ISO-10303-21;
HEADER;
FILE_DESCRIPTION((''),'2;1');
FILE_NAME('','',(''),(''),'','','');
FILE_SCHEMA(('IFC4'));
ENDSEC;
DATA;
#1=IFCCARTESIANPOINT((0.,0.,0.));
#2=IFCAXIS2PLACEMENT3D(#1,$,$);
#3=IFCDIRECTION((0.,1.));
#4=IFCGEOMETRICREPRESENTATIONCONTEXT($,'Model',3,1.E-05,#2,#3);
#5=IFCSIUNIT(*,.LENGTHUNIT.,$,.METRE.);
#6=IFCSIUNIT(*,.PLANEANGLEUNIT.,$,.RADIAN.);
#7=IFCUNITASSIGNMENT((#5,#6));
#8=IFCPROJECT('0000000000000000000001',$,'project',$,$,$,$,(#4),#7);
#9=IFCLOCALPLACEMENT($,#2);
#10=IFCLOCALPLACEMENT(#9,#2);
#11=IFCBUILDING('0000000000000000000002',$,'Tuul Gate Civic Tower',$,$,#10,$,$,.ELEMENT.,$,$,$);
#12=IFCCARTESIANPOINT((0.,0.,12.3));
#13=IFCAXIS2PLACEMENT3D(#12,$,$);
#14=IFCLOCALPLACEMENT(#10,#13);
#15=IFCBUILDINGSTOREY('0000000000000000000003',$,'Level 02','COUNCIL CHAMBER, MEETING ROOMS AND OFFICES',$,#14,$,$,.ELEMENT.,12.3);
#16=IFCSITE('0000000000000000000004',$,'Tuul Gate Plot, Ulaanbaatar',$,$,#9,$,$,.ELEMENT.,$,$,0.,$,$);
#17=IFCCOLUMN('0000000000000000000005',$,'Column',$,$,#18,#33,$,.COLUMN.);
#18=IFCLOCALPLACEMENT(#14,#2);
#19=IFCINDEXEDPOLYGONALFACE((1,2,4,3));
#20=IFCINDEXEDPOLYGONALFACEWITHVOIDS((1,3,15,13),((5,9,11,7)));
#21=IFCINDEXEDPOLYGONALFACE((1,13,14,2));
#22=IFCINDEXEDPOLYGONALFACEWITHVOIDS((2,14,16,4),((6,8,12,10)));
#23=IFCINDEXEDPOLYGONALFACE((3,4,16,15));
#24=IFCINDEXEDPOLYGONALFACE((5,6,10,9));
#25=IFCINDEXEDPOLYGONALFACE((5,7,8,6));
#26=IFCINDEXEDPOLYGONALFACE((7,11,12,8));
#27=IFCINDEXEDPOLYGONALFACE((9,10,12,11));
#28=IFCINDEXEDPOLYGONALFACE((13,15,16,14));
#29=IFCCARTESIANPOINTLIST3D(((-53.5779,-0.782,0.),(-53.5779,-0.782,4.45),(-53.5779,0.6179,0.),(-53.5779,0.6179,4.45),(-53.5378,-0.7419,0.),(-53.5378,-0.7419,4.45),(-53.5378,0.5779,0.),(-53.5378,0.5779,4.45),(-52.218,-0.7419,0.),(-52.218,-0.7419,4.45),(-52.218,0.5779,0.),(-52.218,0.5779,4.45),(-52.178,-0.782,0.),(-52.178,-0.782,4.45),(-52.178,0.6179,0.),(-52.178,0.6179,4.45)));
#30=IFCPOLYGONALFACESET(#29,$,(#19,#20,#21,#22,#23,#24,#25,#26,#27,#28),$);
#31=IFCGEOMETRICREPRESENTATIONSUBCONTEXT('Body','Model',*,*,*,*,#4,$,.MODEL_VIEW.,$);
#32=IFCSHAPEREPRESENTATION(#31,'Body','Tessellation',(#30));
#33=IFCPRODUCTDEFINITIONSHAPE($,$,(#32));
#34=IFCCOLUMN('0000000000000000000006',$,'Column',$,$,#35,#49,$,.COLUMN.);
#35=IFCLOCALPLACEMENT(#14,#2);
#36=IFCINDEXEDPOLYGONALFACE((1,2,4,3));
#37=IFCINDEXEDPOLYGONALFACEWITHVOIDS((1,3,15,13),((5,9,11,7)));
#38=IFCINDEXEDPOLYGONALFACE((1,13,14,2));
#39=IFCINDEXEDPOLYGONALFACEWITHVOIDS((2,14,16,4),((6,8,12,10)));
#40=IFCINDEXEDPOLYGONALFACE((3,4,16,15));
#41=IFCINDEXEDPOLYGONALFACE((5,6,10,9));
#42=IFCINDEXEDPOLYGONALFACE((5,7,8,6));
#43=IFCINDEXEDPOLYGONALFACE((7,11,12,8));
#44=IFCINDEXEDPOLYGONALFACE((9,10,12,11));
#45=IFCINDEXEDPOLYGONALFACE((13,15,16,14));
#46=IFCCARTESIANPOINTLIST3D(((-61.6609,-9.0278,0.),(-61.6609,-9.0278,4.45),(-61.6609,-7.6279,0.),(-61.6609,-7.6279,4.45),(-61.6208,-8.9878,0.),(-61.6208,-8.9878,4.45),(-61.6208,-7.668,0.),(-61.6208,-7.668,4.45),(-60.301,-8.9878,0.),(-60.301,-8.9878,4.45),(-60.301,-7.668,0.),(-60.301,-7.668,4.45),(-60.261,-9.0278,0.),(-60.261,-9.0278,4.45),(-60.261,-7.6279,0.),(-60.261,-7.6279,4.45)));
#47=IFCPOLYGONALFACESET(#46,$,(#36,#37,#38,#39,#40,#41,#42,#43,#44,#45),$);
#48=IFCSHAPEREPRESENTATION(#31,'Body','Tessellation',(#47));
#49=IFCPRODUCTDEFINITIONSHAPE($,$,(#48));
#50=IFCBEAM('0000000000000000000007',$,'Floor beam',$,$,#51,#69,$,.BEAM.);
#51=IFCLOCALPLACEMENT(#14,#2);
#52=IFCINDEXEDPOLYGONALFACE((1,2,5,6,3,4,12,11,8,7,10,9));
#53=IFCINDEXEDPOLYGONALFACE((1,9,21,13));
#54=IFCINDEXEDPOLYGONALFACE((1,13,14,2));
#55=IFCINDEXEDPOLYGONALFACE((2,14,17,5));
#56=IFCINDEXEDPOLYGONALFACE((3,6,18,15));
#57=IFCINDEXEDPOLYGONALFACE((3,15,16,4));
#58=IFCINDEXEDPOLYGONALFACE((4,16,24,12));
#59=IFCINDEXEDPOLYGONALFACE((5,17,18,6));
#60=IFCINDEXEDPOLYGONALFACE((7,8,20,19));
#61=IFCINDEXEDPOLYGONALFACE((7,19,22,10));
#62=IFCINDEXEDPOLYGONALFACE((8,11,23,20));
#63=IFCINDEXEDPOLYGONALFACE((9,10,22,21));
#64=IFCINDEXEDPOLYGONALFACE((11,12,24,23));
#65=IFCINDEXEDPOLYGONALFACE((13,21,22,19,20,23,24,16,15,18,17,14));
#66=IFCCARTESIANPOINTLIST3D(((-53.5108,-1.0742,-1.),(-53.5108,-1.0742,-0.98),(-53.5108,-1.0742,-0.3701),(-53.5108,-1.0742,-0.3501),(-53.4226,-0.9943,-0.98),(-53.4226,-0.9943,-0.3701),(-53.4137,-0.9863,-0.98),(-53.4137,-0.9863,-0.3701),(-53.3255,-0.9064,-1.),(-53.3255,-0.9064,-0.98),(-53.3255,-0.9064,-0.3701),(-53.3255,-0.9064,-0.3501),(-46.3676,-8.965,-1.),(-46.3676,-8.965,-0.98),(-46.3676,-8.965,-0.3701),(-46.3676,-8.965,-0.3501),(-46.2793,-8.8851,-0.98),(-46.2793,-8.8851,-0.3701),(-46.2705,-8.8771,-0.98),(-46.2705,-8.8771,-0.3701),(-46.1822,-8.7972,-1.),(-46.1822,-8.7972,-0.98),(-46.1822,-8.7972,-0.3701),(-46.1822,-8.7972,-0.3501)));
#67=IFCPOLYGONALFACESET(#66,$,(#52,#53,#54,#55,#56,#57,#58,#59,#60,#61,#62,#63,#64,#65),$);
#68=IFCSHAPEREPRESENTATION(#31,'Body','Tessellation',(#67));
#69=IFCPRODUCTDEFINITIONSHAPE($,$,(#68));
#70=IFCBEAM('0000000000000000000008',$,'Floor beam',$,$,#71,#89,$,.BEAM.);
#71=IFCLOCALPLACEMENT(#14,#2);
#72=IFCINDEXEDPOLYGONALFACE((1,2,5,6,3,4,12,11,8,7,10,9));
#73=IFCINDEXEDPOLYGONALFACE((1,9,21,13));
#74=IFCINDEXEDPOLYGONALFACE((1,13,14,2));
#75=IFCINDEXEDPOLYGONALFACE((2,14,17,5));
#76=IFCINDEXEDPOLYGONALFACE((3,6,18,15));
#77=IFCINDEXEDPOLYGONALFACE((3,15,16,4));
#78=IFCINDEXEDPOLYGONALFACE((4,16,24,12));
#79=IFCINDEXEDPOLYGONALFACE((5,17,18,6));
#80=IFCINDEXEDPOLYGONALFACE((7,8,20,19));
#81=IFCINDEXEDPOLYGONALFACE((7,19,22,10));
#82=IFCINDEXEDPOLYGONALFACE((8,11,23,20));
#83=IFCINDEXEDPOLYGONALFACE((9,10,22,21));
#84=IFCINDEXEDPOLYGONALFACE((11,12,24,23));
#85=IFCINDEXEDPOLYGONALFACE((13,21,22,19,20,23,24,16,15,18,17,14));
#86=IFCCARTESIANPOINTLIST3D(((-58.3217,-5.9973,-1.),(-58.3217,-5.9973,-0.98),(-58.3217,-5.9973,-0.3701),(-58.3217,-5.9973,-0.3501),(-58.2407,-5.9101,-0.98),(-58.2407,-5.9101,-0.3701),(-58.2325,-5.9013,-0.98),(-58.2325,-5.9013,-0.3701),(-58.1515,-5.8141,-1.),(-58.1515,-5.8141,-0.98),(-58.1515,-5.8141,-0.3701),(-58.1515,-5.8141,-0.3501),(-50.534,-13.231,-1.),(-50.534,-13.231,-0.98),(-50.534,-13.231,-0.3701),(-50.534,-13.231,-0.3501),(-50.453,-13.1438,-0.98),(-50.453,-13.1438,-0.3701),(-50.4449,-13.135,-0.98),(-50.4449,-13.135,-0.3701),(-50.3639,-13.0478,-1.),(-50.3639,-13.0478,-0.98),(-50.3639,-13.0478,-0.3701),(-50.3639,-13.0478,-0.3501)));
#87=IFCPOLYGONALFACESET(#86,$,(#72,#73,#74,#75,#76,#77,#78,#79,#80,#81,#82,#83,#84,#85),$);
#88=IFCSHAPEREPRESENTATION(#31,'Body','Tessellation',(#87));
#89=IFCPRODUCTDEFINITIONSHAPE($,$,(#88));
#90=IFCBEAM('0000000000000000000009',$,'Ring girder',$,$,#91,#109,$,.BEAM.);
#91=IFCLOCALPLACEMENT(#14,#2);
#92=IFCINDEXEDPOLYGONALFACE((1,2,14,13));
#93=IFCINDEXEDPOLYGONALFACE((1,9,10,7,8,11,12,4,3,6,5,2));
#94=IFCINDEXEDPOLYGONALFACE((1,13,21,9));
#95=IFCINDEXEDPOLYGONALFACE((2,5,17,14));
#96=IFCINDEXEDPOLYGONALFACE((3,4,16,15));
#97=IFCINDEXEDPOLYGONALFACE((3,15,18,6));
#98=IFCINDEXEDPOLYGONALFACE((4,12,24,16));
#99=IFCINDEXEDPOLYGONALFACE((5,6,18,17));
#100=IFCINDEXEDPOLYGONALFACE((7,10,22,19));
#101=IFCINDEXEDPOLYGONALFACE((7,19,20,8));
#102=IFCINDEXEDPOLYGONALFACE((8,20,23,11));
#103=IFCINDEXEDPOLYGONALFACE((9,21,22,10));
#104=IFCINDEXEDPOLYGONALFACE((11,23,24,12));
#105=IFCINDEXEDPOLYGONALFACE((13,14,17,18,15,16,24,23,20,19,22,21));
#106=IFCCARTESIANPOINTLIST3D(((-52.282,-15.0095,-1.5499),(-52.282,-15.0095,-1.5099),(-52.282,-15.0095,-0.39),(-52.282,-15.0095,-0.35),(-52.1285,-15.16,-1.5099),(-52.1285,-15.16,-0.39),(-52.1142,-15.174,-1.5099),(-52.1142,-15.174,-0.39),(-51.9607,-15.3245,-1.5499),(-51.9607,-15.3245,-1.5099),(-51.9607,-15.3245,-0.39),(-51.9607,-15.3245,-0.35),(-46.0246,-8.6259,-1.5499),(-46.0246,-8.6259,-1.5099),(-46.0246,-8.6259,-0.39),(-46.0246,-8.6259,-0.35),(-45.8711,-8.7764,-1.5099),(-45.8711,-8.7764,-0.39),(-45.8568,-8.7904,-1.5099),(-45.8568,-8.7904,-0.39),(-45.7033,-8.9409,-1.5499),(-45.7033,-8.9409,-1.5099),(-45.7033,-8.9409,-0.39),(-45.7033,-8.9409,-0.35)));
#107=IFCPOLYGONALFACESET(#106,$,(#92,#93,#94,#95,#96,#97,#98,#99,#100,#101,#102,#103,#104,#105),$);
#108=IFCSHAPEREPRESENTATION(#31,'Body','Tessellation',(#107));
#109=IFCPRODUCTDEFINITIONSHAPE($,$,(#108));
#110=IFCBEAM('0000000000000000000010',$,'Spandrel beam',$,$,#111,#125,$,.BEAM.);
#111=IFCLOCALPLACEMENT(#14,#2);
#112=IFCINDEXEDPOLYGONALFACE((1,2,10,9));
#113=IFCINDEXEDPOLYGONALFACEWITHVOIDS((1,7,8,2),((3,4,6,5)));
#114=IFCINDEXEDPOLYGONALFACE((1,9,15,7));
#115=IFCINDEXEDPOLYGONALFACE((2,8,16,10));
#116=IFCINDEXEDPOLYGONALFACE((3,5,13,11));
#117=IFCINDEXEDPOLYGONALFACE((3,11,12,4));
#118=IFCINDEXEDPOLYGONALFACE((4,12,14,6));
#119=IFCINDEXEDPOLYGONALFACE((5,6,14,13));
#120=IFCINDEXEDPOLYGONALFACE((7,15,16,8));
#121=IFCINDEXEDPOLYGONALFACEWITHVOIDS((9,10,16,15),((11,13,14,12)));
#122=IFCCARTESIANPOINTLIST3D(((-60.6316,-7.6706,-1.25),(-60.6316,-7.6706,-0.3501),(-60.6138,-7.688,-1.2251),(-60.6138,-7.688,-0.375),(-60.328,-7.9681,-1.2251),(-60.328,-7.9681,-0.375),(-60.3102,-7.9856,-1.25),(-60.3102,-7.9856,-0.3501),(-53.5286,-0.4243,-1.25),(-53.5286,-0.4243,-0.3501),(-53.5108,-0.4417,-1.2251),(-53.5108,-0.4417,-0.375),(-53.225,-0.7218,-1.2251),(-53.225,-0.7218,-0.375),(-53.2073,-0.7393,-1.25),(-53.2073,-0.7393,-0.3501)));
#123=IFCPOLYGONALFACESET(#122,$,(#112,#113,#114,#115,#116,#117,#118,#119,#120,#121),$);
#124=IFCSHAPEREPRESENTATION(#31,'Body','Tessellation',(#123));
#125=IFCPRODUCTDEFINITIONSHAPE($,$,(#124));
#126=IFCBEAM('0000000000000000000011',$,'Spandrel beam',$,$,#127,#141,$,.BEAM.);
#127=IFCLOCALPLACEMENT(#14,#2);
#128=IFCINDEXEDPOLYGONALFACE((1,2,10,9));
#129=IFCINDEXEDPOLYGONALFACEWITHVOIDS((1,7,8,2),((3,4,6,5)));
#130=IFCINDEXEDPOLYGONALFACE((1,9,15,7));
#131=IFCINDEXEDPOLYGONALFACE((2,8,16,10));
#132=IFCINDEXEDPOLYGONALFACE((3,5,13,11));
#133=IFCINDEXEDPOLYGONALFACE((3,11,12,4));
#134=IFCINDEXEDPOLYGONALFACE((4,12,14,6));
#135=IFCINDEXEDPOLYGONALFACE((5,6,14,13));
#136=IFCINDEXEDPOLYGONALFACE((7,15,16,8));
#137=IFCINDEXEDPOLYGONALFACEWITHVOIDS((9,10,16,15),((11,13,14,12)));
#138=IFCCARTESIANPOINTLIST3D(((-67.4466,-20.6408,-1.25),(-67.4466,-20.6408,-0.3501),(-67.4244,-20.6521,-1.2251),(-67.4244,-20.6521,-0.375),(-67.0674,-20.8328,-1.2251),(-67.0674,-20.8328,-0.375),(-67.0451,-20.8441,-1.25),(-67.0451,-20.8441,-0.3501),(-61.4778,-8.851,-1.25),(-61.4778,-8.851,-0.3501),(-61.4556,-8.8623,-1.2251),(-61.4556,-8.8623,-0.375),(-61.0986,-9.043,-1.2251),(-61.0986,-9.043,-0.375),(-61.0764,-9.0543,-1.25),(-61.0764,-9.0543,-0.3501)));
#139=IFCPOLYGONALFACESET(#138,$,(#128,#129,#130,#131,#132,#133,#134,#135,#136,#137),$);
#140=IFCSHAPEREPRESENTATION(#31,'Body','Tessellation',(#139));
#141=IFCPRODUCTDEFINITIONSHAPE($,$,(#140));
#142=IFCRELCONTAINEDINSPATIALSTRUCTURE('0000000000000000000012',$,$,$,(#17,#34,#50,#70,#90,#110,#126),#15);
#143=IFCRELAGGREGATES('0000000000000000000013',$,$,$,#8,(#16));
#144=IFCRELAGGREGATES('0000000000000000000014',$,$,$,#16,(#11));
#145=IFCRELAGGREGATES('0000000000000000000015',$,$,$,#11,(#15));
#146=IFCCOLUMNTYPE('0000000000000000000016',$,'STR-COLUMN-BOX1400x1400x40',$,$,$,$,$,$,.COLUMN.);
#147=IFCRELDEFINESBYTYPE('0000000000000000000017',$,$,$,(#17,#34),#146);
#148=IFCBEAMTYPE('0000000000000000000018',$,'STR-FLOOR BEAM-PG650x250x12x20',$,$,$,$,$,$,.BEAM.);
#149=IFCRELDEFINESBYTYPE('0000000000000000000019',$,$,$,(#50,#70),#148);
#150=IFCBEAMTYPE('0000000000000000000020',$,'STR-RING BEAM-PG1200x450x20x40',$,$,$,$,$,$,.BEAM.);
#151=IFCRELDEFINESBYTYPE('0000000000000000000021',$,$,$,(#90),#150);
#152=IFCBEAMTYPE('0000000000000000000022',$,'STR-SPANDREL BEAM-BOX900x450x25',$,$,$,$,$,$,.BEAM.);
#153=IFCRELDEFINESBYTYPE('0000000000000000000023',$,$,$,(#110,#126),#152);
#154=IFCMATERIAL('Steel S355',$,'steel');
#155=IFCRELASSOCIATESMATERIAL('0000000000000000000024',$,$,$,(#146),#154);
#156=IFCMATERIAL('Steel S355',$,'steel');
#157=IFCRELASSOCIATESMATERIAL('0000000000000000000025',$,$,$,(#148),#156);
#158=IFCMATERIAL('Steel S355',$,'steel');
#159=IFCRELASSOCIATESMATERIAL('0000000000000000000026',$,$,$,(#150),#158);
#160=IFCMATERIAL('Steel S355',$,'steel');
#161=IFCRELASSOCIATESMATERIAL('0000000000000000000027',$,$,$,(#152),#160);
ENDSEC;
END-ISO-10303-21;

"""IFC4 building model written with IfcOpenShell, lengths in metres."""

from ifc_helpers import new_model, si_unit, direction, frame, origin, origin_2d, place, context, subcontext, project, spatial, hollow_rectangle, i_section, extrude, material, material_profile, profile_set, type_object, element, save


model = new_model("IFC4")

# Units and contexts
model_context = context("Model", 3, precision=1e-05, world=origin(), true_north=direction((0.0, 1.0)))
body_context = subcontext(model_context, "Body", "Model", "MODEL_VIEW")
ifc_project = project(units=[si_unit("LENGTHUNIT", "METRE"), si_unit("PLANEANGLEUNIT", "RADIAN")], contexts=[model_context])

# Site, building, storey
site_placement = place(None, origin())
site = spatial("IfcSite", under=ifc_project, at=site_placement, Name="Tuul Gate Plot, Ulaanbaatar", CompositionType="ELEMENT", RefElevation=0.0)
building_placement = place(site_placement, origin())
building = spatial("IfcBuilding", under=site, at=building_placement, Name="Tuul Gate Civic Tower", CompositionType="ELEMENT")
storey_placement = place(building_placement, frame((0.0, 0.0, 12.3)))
storey = spatial("IfcBuildingStorey", under=building, at=storey_placement, Name="Level 02", Description="COUNCIL CHAMBER, MEETING ROOMS AND OFFICES", CompositionType="ELEMENT", Elevation=12.3)

# Columns
ifc_material_1 = material(Name="Steel S355", Category="steel")
ifc_material_profile_1 = material_profile(ifc_material_1, hollow_rectangle(XDim=1.3999, YDim=1.3999, WallThickness=0.04, at=origin_2d()), Name="BOX1400x1400x40")
ifc_profile_set_1 = profile_set([ifc_material_profile_1], Name="Steel S355")
column_type = type_object("IfcColumnType", Name="STR-COLUMN-BOX1400x1400x40", PredefinedType="COLUMN", material=ifc_profile_set_1)
for number, where, z_axis, x_axis, name in (
    (1, (-52.8779, -0.082, 0.0), (0.0, 0.0, 1.0), (1.0, 0.0, 0.0), "Column"),
    (2, (-60.9609, -8.3279, 0.0), (0.0, 0.0, 1.0), (1.0, 0.0, 0.0), "Column"),
):
    element("IfcColumn", number, at=place(storey_placement, frame(where, z_axis=z_axis, x_axis=x_axis)), inside=storey, type_object=column_type, Name=name, PredefinedType="COLUMN", context=body_context, shape_type="SweptSolid", body=[
        extrude(hollow_rectangle(XDim=1.3999, YDim=1.3999, WallThickness=0.04, at=origin_2d()), origin(), (0.0, 0.0, 1.0), 4.45),
    ])

# Beams
ifc_material_2 = material(Name="Steel S355", Category="steel")
ifc_material_profile_2 = material_profile(ifc_material_2, i_section(OverallWidth=0.25, OverallDepth=0.6499, WebThickness=0.012, FlangeThickness=0.02, at=origin_2d()), Name="PG650x250x12x20")
ifc_profile_set_2 = profile_set([ifc_material_profile_2], Name="Steel S355")
beam_type_1 = type_object("IfcBeamType", Name="STR-FLOOR BEAM-PG650x250x12x20", PredefinedType="BEAM", material=ifc_profile_set_2)
beam_1_placement = place(storey_placement, frame((-46.2749, -8.8811, -0.675), z_axis=(-0.671118, 0.741351, 0.0), x_axis=(-0.741351, -0.671118, 0.0)))
element("IfcBeam", 3, at=beam_1_placement, inside=storey, type_object=beam_type_1, Name="Floor beam", PredefinedType="BEAM", context=body_context, shape_type="SweptSolid", body=[
    extrude(i_section(OverallWidth=0.25, OverallDepth=0.6499, WebThickness=0.012, FlangeThickness=0.02, at=origin_2d()), origin(), (0.0, 0.0, 1.0), 10.6438),
])
beam_2_placement = place(storey_placement, frame((-50.449, -13.1394, -0.675), z_axis=(-0.732685, 0.680567, 0.0), x_axis=(-0.680567, -0.732685, 0.0)))
element("IfcBeam", 4, at=beam_2_placement, inside=storey, type_object=beam_type_1, Name="Floor beam", PredefinedType="BEAM", context=body_context, shape_type="SweptSolid", body=[
    extrude(i_section(OverallWidth=0.25, OverallDepth=0.6499, WebThickness=0.012, FlangeThickness=0.02, at=origin_2d()), origin(), (0.0, 0.0, 1.0), 10.6289),
])
ifc_material_3 = material(Name="Steel S355", Category="steel")
ifc_material_profile_3 = material_profile(ifc_material_3, i_section(OverallWidth=0.45, OverallDepth=1.2, WebThickness=0.02, FlangeThickness=0.04, at=origin_2d()), Name="PG1200x450x20x40")
ifc_profile_set_3 = profile_set([ifc_material_profile_3], Name="Steel S355")
beam_type_2 = type_object("IfcBeamType", Name="STR-RING BEAM-PG1200x450x20x40", PredefinedType="BEAM", material=ifc_profile_set_3)
beam_3_placement = place(storey_placement, frame((-52.1213, -15.167, -0.95), z_axis=(0.700011, 0.714132, 0.0), x_axis=(-0.714132, 0.700011, 0.0)))
element("IfcBeam", 5, at=beam_3_placement, inside=storey, type_object=beam_type_2, Name="Ring girder", PredefinedType="BEAM", context=body_context, shape_type="SweptSolid", body=[
    extrude(i_section(OverallWidth=0.45, OverallDepth=1.2, WebThickness=0.02, FlangeThickness=0.04, at=origin_2d()), origin(), (0.0, 0.0, 1.0), 8.939),
])
ifc_material_4 = material(Name="Steel S355", Category="steel")
ifc_material_profile_4 = material_profile(ifc_material_4, hollow_rectangle(XDim=0.45, YDim=0.8999, WallThickness=0.0249, at=origin_2d()), Name="BOX900x450x25")
ifc_profile_set_4 = profile_set([ifc_material_profile_4], Name="Steel S355")
beam_type_3 = type_object("IfcBeamType", Name="STR-SPANDREL BEAM-BOX900x450x25", PredefinedType="BEAM", material=ifc_profile_set_4)
beam_4_placement = place(storey_placement, frame((-53.3679, -0.5818, -0.8), z_axis=(-0.70001, -0.714133, 0.0), x_axis=(0.714133, -0.70001, 0.0)))
element("IfcBeam", 6, at=beam_4_placement, inside=storey, type_object=beam_type_3, Name="Spandrel beam", PredefinedType="BEAM", context=body_context, shape_type="SweptSolid", body=[
    extrude(hollow_rectangle(XDim=0.45, YDim=0.8999, WallThickness=0.0249, at=origin_2d()), origin(), (0.0, 0.0, 1.0), 10.147),
])
beam_5_placement = place(storey_placement, frame((-61.2771, -8.9526, -0.8), z_axis=(-0.451679, -0.892181, 0.0), x_axis=(0.892181, -0.451679, 0.0)))
element("IfcBeam", 7, at=beam_5_placement, inside=storey, type_object=beam_type_3, Name="Spandrel beam", PredefinedType="BEAM", context=body_context, shape_type="SweptSolid", body=[
    extrude(hollow_rectangle(XDim=0.45, YDim=0.8999, WallThickness=0.0249, at=origin_2d()), origin(), (0.0, 0.0, 1.0), 13.2146),
])

save(model, "model.ifc")
